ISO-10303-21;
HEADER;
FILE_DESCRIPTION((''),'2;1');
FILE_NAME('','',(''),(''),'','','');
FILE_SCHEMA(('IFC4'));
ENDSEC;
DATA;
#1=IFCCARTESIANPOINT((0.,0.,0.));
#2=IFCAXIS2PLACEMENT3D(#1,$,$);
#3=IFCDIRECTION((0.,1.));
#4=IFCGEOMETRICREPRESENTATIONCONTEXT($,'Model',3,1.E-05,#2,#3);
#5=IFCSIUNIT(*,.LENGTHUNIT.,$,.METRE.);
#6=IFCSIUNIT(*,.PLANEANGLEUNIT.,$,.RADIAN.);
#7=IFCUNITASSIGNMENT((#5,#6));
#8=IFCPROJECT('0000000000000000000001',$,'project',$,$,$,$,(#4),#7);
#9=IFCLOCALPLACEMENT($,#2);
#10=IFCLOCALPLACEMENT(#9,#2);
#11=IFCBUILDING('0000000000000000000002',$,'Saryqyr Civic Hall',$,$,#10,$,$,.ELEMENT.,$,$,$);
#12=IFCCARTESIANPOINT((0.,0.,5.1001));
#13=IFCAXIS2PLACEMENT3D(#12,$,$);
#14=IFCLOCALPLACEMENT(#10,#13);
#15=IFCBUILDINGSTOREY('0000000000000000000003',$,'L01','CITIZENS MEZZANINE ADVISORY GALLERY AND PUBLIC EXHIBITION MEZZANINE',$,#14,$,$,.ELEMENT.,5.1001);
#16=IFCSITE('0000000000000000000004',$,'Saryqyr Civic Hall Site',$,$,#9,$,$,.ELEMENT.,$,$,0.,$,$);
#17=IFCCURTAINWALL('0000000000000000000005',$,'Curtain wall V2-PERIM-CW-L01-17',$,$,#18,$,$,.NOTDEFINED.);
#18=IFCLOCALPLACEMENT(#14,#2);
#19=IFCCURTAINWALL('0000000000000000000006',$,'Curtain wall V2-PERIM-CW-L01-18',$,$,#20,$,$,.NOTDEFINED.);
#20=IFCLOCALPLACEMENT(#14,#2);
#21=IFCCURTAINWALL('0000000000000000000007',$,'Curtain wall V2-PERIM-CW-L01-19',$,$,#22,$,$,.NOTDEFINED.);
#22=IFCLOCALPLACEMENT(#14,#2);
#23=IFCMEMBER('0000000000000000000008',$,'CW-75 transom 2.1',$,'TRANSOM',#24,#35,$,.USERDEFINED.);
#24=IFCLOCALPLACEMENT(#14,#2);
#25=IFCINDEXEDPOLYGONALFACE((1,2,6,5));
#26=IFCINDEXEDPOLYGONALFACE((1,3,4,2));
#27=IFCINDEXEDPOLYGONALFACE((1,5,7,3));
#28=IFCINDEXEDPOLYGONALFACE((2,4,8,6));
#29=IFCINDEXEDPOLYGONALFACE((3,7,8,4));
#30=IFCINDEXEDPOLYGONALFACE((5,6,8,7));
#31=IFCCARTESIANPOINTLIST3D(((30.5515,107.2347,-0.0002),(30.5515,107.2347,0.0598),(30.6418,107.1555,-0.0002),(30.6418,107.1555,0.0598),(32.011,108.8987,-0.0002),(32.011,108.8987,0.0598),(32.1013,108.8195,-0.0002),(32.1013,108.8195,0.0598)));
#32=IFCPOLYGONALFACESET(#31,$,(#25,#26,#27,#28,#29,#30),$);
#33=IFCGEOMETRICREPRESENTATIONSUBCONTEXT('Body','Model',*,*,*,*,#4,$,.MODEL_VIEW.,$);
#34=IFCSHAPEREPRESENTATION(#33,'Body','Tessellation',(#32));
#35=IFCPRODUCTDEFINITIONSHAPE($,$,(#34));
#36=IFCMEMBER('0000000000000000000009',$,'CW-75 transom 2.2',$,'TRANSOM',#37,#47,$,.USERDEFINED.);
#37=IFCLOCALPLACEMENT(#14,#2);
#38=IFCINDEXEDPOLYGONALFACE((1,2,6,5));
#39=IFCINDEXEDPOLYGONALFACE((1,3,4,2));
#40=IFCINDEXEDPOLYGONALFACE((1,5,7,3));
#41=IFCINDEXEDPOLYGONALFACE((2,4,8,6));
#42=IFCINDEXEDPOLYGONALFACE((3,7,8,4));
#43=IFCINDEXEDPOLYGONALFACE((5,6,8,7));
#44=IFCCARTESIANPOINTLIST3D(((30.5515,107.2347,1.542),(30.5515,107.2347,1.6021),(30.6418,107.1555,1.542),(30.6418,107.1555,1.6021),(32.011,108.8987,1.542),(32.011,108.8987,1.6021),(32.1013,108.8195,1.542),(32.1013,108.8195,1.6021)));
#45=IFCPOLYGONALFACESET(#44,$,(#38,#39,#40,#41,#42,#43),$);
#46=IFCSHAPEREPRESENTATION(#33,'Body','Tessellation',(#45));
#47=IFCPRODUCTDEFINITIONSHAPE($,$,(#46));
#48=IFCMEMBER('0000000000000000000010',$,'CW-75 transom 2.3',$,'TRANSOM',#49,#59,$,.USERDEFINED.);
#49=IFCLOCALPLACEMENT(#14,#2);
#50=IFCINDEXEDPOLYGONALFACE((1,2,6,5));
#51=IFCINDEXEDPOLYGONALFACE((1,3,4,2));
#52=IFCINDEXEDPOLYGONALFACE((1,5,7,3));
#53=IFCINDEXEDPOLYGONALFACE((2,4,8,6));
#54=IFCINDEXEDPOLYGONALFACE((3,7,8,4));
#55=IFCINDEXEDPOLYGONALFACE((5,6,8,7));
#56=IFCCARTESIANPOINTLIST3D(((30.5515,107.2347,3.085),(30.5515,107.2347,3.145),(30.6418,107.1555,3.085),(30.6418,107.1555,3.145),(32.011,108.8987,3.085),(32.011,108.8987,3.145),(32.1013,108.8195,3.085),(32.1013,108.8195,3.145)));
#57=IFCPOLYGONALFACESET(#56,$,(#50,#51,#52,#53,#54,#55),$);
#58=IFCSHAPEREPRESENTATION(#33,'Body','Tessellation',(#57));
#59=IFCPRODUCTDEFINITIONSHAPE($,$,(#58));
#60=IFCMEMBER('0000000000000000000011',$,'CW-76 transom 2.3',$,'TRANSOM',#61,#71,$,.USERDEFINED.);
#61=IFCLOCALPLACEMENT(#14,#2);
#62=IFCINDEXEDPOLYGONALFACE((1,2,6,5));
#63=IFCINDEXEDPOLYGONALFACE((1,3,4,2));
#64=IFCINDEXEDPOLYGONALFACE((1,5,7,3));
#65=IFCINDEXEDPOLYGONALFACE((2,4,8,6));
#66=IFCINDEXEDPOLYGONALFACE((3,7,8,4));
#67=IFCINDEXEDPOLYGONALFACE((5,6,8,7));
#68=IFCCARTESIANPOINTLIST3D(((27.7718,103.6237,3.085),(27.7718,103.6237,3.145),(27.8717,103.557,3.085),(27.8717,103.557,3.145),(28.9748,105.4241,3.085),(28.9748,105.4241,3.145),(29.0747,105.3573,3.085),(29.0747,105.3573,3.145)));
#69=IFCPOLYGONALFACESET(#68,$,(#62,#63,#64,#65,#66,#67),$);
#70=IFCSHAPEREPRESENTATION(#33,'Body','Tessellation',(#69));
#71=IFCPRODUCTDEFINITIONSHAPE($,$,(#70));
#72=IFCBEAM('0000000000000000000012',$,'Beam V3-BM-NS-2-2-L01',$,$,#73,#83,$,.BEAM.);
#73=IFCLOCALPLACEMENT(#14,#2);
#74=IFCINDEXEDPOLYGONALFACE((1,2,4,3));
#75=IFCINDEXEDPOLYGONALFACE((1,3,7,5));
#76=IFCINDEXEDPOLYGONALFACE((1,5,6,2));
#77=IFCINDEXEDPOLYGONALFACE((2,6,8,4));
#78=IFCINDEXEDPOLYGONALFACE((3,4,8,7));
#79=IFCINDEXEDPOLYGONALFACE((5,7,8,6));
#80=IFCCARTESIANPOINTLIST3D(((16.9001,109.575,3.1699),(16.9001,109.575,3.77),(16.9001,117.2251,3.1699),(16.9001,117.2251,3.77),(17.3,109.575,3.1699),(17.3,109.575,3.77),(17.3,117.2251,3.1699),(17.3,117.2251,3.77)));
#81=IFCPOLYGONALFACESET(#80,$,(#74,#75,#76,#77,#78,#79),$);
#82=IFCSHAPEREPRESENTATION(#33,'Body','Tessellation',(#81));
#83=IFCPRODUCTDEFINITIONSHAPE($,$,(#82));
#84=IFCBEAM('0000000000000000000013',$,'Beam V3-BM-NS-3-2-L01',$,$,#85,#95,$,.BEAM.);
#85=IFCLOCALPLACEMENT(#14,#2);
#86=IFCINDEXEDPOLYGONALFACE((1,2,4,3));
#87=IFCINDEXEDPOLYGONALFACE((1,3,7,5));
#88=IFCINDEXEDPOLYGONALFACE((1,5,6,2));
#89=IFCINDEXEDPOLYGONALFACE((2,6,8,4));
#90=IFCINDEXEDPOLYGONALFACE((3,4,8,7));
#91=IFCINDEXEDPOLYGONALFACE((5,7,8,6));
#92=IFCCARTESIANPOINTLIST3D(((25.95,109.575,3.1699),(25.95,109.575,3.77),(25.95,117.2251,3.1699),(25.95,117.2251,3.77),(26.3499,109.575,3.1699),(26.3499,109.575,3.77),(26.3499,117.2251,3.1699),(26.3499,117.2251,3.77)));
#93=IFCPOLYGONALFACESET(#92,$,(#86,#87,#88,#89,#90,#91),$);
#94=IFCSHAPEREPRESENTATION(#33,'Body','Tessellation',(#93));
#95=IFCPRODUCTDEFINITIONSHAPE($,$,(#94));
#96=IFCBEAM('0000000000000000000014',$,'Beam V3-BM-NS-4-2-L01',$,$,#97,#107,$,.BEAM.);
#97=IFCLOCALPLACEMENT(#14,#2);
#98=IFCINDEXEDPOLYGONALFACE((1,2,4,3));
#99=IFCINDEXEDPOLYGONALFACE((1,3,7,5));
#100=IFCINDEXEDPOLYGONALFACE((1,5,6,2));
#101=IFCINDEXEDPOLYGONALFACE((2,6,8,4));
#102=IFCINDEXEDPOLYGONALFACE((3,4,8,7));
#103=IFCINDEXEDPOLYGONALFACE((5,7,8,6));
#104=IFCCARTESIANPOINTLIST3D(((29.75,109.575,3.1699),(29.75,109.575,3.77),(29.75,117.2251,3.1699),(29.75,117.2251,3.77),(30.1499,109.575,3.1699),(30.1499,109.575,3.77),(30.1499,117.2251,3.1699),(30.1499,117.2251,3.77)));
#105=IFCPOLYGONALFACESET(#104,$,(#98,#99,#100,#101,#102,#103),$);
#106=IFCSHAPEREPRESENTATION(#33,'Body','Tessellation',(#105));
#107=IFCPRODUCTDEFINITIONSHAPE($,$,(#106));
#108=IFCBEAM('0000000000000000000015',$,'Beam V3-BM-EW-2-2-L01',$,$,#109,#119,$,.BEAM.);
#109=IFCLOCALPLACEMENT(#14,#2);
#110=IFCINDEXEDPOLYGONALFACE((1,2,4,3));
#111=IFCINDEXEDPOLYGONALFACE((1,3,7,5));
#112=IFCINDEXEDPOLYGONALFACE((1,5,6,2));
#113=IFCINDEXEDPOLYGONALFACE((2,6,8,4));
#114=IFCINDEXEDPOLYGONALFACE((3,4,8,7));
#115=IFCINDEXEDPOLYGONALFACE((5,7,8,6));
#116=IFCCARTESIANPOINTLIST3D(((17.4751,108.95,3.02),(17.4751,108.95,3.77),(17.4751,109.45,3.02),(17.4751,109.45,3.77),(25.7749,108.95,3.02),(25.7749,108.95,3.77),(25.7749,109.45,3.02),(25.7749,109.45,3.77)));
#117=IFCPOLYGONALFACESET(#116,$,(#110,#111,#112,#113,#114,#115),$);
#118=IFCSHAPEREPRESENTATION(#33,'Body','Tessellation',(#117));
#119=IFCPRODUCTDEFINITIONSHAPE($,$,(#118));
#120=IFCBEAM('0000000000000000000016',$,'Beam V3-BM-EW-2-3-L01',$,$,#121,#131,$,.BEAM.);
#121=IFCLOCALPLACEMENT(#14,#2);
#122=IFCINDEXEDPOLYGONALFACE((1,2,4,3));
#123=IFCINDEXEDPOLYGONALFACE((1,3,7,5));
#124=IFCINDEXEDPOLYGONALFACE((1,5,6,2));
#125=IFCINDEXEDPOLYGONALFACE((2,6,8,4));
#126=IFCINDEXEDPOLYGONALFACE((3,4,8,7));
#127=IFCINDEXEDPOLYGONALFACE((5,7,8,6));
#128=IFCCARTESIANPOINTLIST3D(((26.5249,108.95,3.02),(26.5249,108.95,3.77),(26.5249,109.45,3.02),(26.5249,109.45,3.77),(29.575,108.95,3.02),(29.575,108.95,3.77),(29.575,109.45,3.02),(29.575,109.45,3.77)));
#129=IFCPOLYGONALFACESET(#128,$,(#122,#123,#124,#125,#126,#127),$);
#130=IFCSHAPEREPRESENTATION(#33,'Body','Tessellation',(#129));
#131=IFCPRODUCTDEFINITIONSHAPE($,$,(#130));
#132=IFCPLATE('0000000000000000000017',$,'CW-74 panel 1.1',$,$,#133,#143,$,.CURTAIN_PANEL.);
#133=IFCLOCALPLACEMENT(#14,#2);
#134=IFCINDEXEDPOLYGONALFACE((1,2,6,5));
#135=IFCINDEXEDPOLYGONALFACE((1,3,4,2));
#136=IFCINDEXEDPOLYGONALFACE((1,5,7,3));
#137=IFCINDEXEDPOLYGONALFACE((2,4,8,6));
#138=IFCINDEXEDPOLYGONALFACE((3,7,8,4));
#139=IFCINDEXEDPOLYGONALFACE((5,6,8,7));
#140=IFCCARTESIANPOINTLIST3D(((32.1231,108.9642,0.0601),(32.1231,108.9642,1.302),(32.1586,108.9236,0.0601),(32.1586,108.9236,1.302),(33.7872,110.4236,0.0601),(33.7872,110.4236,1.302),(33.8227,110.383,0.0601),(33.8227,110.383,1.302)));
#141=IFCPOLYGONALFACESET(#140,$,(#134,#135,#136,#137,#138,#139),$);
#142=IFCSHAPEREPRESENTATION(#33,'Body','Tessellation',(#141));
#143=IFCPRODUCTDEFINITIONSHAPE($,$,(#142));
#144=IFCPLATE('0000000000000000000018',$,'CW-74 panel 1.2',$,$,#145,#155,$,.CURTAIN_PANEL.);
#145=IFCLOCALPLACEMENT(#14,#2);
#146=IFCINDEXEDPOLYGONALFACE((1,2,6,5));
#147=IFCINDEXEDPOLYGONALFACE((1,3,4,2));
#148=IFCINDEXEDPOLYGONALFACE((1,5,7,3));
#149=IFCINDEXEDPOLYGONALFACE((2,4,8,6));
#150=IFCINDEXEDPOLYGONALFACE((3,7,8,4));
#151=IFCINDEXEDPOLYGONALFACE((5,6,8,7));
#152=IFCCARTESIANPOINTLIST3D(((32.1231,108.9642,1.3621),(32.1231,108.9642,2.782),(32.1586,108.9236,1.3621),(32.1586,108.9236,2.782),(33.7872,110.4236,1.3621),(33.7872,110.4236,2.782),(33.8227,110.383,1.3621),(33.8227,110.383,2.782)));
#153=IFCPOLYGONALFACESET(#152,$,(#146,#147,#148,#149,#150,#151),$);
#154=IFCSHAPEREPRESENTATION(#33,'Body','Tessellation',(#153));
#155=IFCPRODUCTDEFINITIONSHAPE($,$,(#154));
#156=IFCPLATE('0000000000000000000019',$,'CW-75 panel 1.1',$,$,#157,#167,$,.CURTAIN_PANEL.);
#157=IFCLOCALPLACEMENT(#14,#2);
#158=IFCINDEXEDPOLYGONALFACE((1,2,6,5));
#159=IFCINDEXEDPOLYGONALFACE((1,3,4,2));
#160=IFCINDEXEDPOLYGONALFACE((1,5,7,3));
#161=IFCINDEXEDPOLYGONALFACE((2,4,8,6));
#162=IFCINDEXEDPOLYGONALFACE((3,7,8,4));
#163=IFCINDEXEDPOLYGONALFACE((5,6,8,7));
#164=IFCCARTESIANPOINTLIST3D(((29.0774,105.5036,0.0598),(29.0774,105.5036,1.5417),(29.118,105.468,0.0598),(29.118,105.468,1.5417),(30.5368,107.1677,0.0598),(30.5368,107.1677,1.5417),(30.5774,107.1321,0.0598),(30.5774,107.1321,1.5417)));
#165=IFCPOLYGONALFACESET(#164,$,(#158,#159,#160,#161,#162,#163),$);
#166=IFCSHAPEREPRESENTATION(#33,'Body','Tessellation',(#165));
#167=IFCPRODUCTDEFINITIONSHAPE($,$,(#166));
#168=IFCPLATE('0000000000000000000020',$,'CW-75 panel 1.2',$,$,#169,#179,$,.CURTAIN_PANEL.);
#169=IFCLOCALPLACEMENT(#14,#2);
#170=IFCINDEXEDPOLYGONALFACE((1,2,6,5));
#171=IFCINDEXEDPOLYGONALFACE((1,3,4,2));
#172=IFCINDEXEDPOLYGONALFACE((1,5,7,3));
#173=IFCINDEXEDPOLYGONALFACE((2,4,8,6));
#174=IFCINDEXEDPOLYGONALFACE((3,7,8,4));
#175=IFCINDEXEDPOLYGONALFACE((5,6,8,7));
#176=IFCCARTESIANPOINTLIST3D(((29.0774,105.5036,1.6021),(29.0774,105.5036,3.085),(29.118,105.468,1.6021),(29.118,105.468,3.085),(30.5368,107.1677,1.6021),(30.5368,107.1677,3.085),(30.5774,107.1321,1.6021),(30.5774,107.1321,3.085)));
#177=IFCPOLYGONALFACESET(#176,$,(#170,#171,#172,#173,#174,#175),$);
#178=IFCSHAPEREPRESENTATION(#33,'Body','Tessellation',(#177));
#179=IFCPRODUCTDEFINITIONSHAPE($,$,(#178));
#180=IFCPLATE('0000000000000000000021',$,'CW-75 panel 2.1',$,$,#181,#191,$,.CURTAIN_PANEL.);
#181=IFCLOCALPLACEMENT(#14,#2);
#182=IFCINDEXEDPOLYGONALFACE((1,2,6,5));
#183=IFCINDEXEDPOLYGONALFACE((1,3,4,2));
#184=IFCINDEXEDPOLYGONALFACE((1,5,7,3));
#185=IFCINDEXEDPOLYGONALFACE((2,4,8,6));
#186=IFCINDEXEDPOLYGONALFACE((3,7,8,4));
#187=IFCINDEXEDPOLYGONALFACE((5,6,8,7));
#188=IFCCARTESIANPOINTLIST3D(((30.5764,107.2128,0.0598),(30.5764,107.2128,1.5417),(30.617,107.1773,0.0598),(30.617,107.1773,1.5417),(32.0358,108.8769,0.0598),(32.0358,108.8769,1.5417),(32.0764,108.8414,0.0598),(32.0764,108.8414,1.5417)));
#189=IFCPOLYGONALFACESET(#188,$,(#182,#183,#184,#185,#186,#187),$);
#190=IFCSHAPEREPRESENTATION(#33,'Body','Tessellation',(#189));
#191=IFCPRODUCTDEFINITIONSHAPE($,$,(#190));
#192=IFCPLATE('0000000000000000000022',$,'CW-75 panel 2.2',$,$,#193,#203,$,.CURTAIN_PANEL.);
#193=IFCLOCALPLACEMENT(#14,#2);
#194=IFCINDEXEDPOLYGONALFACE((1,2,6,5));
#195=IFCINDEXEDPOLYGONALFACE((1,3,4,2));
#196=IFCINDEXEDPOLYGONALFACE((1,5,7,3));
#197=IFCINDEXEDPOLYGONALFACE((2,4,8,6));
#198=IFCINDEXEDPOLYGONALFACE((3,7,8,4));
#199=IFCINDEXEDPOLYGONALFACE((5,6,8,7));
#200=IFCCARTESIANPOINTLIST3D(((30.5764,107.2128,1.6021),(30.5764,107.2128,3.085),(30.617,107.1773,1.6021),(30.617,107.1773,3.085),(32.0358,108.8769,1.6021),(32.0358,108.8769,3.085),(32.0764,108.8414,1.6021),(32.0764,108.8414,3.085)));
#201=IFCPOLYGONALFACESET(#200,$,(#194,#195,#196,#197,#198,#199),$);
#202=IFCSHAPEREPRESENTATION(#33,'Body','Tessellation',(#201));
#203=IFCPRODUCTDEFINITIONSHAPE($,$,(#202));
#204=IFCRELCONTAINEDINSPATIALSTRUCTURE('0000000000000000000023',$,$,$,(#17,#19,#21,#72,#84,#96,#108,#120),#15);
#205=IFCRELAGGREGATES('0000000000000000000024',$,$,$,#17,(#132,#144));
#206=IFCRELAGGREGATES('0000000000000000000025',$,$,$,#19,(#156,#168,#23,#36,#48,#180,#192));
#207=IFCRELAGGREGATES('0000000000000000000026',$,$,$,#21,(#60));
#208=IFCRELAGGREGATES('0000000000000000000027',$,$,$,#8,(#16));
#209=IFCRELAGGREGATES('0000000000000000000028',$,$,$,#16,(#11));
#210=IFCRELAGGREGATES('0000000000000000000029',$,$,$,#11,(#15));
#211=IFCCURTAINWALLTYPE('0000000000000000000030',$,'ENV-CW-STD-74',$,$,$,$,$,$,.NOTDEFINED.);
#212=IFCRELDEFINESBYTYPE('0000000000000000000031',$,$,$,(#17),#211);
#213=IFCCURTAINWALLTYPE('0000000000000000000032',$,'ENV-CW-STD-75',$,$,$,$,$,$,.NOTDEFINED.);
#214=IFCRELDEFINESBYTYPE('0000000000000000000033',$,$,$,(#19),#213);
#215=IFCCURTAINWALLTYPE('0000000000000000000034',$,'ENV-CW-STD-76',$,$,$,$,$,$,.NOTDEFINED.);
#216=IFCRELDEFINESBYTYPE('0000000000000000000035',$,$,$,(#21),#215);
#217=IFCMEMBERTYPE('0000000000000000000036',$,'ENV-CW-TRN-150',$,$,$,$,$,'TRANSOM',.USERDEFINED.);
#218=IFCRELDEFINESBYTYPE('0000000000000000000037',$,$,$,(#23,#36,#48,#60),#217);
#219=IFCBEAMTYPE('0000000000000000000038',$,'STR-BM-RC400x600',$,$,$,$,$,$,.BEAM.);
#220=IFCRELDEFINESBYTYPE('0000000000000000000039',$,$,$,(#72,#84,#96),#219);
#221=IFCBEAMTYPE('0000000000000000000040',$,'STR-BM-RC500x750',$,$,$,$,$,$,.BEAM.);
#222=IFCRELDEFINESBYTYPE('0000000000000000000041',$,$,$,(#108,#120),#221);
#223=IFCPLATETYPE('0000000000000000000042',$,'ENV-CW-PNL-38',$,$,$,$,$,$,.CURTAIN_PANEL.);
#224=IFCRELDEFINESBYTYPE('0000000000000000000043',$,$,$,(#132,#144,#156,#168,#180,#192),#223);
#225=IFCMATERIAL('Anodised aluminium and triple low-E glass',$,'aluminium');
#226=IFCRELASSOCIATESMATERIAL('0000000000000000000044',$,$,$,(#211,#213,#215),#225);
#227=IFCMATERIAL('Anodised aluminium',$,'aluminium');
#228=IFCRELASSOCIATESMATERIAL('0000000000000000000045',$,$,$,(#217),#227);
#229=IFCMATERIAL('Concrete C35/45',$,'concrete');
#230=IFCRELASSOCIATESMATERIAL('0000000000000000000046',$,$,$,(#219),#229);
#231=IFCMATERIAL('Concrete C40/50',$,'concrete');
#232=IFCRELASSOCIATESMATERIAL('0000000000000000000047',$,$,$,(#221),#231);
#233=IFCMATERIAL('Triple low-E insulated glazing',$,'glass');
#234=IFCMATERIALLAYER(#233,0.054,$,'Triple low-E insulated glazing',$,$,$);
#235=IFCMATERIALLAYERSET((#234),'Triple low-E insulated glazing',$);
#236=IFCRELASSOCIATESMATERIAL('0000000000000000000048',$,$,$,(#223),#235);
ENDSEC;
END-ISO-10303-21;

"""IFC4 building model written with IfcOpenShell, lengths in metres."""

from ifc_helpers import new_model, si_unit, direction, frame, origin, origin_2d, place, context, subcontext, project, spatial, rectangle, extrude, material, layer, layer_set, material_profile, profile_set, type_object, element, aggregate, save


model = new_model("IFC4")

# Units and contexts
model_context = context("Model", 3, precision=1e-05, world=origin(), true_north=direction((0.0, 1.0)))
body_context = subcontext(model_context, "Body", "Model", "MODEL_VIEW")
ifc_project = project(units=[si_unit("LENGTHUNIT", "METRE"), si_unit("PLANEANGLEUNIT", "RADIAN")], contexts=[model_context])

# Site, building, storey
site_placement = place(None, origin())
site = spatial("IfcSite", under=ifc_project, at=site_placement, Name="Saryqyr Civic Hall Site", CompositionType="ELEMENT", RefElevation=0.0)
building_placement = place(site_placement, origin())
building = spatial("IfcBuilding", under=site, at=building_placement, Name="Saryqyr Civic Hall", CompositionType="ELEMENT")
storey_placement = place(building_placement, frame((0.0, 0.0, 5.1001)))
storey = spatial("IfcBuildingStorey", under=building, at=storey_placement, Name="L01", Description="CITIZENS MEZZANINE ADVISORY GALLERY AND PUBLIC EXHIBITION MEZZANINE", CompositionType="ELEMENT", Elevation=5.1001)

# Shared definitions
ifc_material_1 = material(Name="Concrete C40/50", Category="concrete")

# Curtain wall
ifc_material_2 = material(Name="Anodised aluminium and triple low-E glass", Category="aluminium")
curtain_wall_type_1 = type_object("IfcCurtainWallType", Name="ENV-CW-STD-74", PredefinedType="NOTDEFINED", material=ifc_material_2)
curtain_wall_1_placement = place(storey_placement, origin())
curtain_wall_1 = element("IfcCurtainWall", 1, at=curtain_wall_1_placement, inside=storey, type_object=curtain_wall_type_1, Name="Curtain wall V2-PERIM-CW-L01-17", PredefinedType="NOTDEFINED")
ifc_material_3 = material(Name="Anodised aluminium", Category="aluminium")

# Curtain wall
curtain_wall_type_2 = type_object("IfcCurtainWallType", Name="ENV-CW-STD-75", PredefinedType="NOTDEFINED", material=ifc_material_2)
curtain_wall_2_placement = place(storey_placement, origin())
curtain_wall_2 = element("IfcCurtainWall", 2, at=curtain_wall_2_placement, inside=storey, type_object=curtain_wall_type_2, Name="Curtain wall V2-PERIM-CW-L01-18", PredefinedType="NOTDEFINED")

# Curtain wall
curtain_wall_type_3 = type_object("IfcCurtainWallType", Name="ENV-CW-STD-76", PredefinedType="NOTDEFINED", material=ifc_material_2)
curtain_wall_3_placement = place(storey_placement, origin())
curtain_wall_3 = element("IfcCurtainWall", 3, at=curtain_wall_3_placement, inside=storey, type_object=curtain_wall_type_3, Name="Curtain wall V2-PERIM-CW-L01-19", PredefinedType="NOTDEFINED")

# Members
ifc_material_profile_1 = material_profile(ifc_material_3, rectangle(XDim=0.1201, YDim=0.0601, at=origin_2d()), Name="ALU TRANSOM 120x60")
ifc_profile_set_1 = profile_set([ifc_material_profile_1], Name="Anodised aluminium")
member_type_1 = type_object("IfcMemberType", Name="ENV-CW-TRN-150", ElementType="TRANSOM", PredefinedType="USERDEFINED", material=ifc_profile_set_1)
member_1_placement = place(storey_placement, frame((30.5967, 107.1951, 0.0298), z_axis=(0.659379, 0.751811, 0.0), x_axis=(-0.751811, 0.659379, 0.0)))
member_1 = element("IfcMember", 4, at=member_1_placement, type_object=member_type_1, Name="CW-75 transom 2.1", ObjectType="TRANSOM", PredefinedType="USERDEFINED", context=body_context, shape_type="SweptSolid", body=[
    extrude(rectangle(XDim=0.1201, YDim=0.0601, at=origin_2d()), origin(), (0.0, 0.0, 1.0), 2.2134),
])
member_2_placement = place(storey_placement, frame((30.5967, 107.1951, 1.572), z_axis=(0.659379, 0.751811, 0.0), x_axis=(-0.751811, 0.659379, 0.0)))
member_2 = element("IfcMember", 5, at=member_2_placement, type_object=member_type_1, Name="CW-75 transom 2.2", ObjectType="TRANSOM", PredefinedType="USERDEFINED", context=body_context, shape_type="SweptSolid", body=[
    extrude(rectangle(XDim=0.1201, YDim=0.0601, at=origin_2d()), origin(), (0.0, 0.0, 1.0), 2.2134),
])
member_3_placement = place(storey_placement, frame((30.5967, 107.1951, 3.115), z_axis=(0.659379, 0.751811, 0.0), x_axis=(-0.751811, 0.659379, 0.0)))
member_3 = element("IfcMember", 6, at=member_3_placement, type_object=member_type_1, Name="CW-75 transom 2.3", ObjectType="TRANSOM", PredefinedType="USERDEFINED", context=body_context, shape_type="SweptSolid", body=[
    extrude(rectangle(XDim=0.1201, YDim=0.0601, at=origin_2d()), origin(), (0.0, 0.0, 1.0), 2.2134),
])
member_4_placement = place(storey_placement, frame((27.8218, 103.5903, 3.115), z_axis=(0.555559, 0.831477, 0.0), x_axis=(-0.831477, 0.555559, 0.0)))
member_4 = element("IfcMember", 7, at=member_4_placement, type_object=member_type_1, Name="CW-76 transom 2.3", ObjectType="TRANSOM", PredefinedType="USERDEFINED", context=body_context, shape_type="SweptSolid", body=[
    extrude(rectangle(XDim=0.1201, YDim=0.0601, at=origin_2d()), origin(), (0.0, 0.0, 1.0), 2.1653),
])

# Beams
ifc_material_4 = material(Name="Concrete C35/45", Category="concrete")
ifc_material_profile_2 = material_profile(ifc_material_4, rectangle(XDim=0.3999, YDim=0.6001, at=origin_2d()), Name="RC 400x600")
ifc_profile_set_2 = profile_set([ifc_material_profile_2], Name="Concrete C35/45")
beam_type_1 = type_object("IfcBeamType", Name="STR-BM-RC400x600", PredefinedType="BEAM", material=ifc_profile_set_2)
for number, where, z_axis, x_axis, name in (
    (8, (17.1001, 109.575, 3.47), (0.0, 1.0, 0.0), (-1.0, 0.0, 0.0), "Beam V3-BM-NS-2-2-L01"),
    (9, (26.1499, 109.575, 3.47), (0.0, 1.0, 0.0), (-1.0, 0.0, 0.0), "Beam V3-BM-NS-3-2-L01"),
    (10, (29.95, 109.575, 3.47), (0.0, 1.0, 0.0), (-1.0, 0.0, 0.0), "Beam V3-BM-NS-4-2-L01"),
):
    element("IfcBeam", number, at=place(storey_placement, frame(where, z_axis=z_axis, x_axis=x_axis)), inside=storey, type_object=beam_type_1, Name=name, PredefinedType="BEAM", context=body_context, shape_type="SweptSolid", body=[
        extrude(rectangle(XDim=0.3999, YDim=0.6001, at=origin_2d()), origin(), (0.0, 0.0, 1.0), 7.6501),
    ])
ifc_material_profile_3 = material_profile(ifc_material_1, rectangle(XDim=0.5, YDim=0.75, at=origin_2d()), Name="RC 500x750")
ifc_profile_set_3 = profile_set([ifc_material_profile_3], Name="Concrete C40/50")
beam_type_2 = type_object("IfcBeamType", Name="STR-BM-RC500x750", PredefinedType="BEAM", material=ifc_profile_set_3)
beam_1_placement = place(storey_placement, frame((17.4751, 109.2, 3.395), z_axis=(1.0, 0.0, 0.0), x_axis=(0.0, 1.0, 0.0)))
element("IfcBeam", 11, at=beam_1_placement, inside=storey, type_object=beam_type_2, Name="Beam V3-BM-EW-2-2-L01", PredefinedType="BEAM", context=body_context, shape_type="SweptSolid", body=[
    extrude(rectangle(XDim=0.5, YDim=0.75, at=origin_2d()), origin(), (0.0, 0.0, 1.0), 8.2998),
])
beam_2_placement = place(storey_placement, frame((26.5249, 109.2, 3.395), z_axis=(1.0, 0.0, 0.0), x_axis=(0.0, 1.0, 0.0)))
element("IfcBeam", 12, at=beam_2_placement, inside=storey, type_object=beam_type_2, Name="Beam V3-BM-EW-2-3-L01", PredefinedType="BEAM", context=body_context, shape_type="SweptSolid", body=[
    extrude(rectangle(XDim=0.5, YDim=0.75, at=origin_2d()), origin(), (0.0, 0.0, 1.0), 3.05),
])

# Plates
ifc_material_5 = material(Name="Triple low-E insulated glazing", Category="glass")
ifc_layer_1 = layer(ifc_material_5, 0.054, Name="Triple low-E insulated glazing")
ifc_layer_set_1 = layer_set([ifc_layer_1], Name="Triple low-E insulated glazing")
plate_type = type_object("IfcPlateType", Name="ENV-CW-PNL-38", PredefinedType="CURTAIN_PANEL", material=ifc_layer_set_1)
plate_1_placement = place(storey_placement, frame((32.9729, 109.6736, 0.0601), z_axis=(0.0, 0.0, 1.0), x_axis=(0.751838, 0.659348, 0.0)))
plate_1 = element("IfcPlate", 13, at=plate_1_placement, type_object=plate_type, Name="CW-74 panel 1.1", PredefinedType="CURTAIN_PANEL", context=body_context, shape_type="SweptSolid", body=[
    extrude(rectangle(XDim=2.2134, YDim=0.054, at=origin_2d()), origin(), (0.0, 0.0, 1.0), 1.2419),
])
plate_2_placement = place(storey_placement, frame((32.9729, 109.6736, 1.3621), z_axis=(0.0, 0.0, 1.0), x_axis=(0.751838, 0.659348, 0.0)))
plate_2 = element("IfcPlate", 14, at=plate_2_placement, type_object=plate_type, Name="CW-74 panel 1.2", PredefinedType="CURTAIN_PANEL", context=body_context, shape_type="SweptSolid", body=[
    extrude(rectangle(XDim=2.2134, YDim=0.054, at=origin_2d()), origin(), (0.0, 0.0, 1.0), 1.4199),
])
aggregate(curtain_wall_1, [plate_1, plate_2])
plate_3_placement = place(storey_placement, frame((29.8274, 106.3179, 0.0598), z_axis=(0.0, 0.0, 1.0), x_axis=(0.659348, 0.751838, 0.0)))
plate_3 = element("IfcPlate", 15, at=plate_3_placement, type_object=plate_type, Name="CW-75 panel 1.1", PredefinedType="CURTAIN_PANEL", context=body_context, shape_type="SweptSolid", body=[
    extrude(rectangle(XDim=2.2134, YDim=0.054, at=origin_2d()), origin(), (0.0, 0.0, 1.0), 1.4819),
])
plate_4_placement = place(storey_placement, frame((29.8274, 106.3179, 1.6021), z_axis=(0.0, 0.0, 1.0), x_axis=(0.659348, 0.751838, 0.0)))
plate_4 = element("IfcPlate", 16, at=plate_4_placement, type_object=plate_type, Name="CW-75 panel 1.2", PredefinedType="CURTAIN_PANEL", context=body_context, shape_type="SweptSolid", body=[
    extrude(rectangle(XDim=2.2134, YDim=0.054, at=origin_2d()), origin(), (0.0, 0.0, 1.0), 1.4829),
])
plate_5_placement = place(storey_placement, frame((31.3264, 108.0271, 0.0598), z_axis=(0.0, 0.0, 1.0), x_axis=(0.659348, 0.751838, 0.0)))
plate_5 = element("IfcPlate", 17, at=plate_5_placement, type_object=plate_type, Name="CW-75 panel 2.1", PredefinedType="CURTAIN_PANEL", context=body_context, shape_type="SweptSolid", body=[
    extrude(rectangle(XDim=2.2134, YDim=0.054, at=origin_2d()), origin(), (0.0, 0.0, 1.0), 1.4819),
])
plate_6_placement = place(storey_placement, frame((31.3264, 108.0271, 1.6021), z_axis=(0.0, 0.0, 1.0), x_axis=(0.659348, 0.751838, 0.0)))
plate_6 = element("IfcPlate", 18, at=plate_6_placement, type_object=plate_type, Name="CW-75 panel 2.2", PredefinedType="CURTAIN_PANEL", context=body_context, shape_type="SweptSolid", body=[
    extrude(rectangle(XDim=2.2134, YDim=0.054, at=origin_2d()), origin(), (0.0, 0.0, 1.0), 1.4829),
])
aggregate(curtain_wall_2, [plate_3, plate_4, member_1, member_2, member_3, plate_5, plate_6])
aggregate(curtain_wall_3, [member_4])

save(model, "model.ifc")
